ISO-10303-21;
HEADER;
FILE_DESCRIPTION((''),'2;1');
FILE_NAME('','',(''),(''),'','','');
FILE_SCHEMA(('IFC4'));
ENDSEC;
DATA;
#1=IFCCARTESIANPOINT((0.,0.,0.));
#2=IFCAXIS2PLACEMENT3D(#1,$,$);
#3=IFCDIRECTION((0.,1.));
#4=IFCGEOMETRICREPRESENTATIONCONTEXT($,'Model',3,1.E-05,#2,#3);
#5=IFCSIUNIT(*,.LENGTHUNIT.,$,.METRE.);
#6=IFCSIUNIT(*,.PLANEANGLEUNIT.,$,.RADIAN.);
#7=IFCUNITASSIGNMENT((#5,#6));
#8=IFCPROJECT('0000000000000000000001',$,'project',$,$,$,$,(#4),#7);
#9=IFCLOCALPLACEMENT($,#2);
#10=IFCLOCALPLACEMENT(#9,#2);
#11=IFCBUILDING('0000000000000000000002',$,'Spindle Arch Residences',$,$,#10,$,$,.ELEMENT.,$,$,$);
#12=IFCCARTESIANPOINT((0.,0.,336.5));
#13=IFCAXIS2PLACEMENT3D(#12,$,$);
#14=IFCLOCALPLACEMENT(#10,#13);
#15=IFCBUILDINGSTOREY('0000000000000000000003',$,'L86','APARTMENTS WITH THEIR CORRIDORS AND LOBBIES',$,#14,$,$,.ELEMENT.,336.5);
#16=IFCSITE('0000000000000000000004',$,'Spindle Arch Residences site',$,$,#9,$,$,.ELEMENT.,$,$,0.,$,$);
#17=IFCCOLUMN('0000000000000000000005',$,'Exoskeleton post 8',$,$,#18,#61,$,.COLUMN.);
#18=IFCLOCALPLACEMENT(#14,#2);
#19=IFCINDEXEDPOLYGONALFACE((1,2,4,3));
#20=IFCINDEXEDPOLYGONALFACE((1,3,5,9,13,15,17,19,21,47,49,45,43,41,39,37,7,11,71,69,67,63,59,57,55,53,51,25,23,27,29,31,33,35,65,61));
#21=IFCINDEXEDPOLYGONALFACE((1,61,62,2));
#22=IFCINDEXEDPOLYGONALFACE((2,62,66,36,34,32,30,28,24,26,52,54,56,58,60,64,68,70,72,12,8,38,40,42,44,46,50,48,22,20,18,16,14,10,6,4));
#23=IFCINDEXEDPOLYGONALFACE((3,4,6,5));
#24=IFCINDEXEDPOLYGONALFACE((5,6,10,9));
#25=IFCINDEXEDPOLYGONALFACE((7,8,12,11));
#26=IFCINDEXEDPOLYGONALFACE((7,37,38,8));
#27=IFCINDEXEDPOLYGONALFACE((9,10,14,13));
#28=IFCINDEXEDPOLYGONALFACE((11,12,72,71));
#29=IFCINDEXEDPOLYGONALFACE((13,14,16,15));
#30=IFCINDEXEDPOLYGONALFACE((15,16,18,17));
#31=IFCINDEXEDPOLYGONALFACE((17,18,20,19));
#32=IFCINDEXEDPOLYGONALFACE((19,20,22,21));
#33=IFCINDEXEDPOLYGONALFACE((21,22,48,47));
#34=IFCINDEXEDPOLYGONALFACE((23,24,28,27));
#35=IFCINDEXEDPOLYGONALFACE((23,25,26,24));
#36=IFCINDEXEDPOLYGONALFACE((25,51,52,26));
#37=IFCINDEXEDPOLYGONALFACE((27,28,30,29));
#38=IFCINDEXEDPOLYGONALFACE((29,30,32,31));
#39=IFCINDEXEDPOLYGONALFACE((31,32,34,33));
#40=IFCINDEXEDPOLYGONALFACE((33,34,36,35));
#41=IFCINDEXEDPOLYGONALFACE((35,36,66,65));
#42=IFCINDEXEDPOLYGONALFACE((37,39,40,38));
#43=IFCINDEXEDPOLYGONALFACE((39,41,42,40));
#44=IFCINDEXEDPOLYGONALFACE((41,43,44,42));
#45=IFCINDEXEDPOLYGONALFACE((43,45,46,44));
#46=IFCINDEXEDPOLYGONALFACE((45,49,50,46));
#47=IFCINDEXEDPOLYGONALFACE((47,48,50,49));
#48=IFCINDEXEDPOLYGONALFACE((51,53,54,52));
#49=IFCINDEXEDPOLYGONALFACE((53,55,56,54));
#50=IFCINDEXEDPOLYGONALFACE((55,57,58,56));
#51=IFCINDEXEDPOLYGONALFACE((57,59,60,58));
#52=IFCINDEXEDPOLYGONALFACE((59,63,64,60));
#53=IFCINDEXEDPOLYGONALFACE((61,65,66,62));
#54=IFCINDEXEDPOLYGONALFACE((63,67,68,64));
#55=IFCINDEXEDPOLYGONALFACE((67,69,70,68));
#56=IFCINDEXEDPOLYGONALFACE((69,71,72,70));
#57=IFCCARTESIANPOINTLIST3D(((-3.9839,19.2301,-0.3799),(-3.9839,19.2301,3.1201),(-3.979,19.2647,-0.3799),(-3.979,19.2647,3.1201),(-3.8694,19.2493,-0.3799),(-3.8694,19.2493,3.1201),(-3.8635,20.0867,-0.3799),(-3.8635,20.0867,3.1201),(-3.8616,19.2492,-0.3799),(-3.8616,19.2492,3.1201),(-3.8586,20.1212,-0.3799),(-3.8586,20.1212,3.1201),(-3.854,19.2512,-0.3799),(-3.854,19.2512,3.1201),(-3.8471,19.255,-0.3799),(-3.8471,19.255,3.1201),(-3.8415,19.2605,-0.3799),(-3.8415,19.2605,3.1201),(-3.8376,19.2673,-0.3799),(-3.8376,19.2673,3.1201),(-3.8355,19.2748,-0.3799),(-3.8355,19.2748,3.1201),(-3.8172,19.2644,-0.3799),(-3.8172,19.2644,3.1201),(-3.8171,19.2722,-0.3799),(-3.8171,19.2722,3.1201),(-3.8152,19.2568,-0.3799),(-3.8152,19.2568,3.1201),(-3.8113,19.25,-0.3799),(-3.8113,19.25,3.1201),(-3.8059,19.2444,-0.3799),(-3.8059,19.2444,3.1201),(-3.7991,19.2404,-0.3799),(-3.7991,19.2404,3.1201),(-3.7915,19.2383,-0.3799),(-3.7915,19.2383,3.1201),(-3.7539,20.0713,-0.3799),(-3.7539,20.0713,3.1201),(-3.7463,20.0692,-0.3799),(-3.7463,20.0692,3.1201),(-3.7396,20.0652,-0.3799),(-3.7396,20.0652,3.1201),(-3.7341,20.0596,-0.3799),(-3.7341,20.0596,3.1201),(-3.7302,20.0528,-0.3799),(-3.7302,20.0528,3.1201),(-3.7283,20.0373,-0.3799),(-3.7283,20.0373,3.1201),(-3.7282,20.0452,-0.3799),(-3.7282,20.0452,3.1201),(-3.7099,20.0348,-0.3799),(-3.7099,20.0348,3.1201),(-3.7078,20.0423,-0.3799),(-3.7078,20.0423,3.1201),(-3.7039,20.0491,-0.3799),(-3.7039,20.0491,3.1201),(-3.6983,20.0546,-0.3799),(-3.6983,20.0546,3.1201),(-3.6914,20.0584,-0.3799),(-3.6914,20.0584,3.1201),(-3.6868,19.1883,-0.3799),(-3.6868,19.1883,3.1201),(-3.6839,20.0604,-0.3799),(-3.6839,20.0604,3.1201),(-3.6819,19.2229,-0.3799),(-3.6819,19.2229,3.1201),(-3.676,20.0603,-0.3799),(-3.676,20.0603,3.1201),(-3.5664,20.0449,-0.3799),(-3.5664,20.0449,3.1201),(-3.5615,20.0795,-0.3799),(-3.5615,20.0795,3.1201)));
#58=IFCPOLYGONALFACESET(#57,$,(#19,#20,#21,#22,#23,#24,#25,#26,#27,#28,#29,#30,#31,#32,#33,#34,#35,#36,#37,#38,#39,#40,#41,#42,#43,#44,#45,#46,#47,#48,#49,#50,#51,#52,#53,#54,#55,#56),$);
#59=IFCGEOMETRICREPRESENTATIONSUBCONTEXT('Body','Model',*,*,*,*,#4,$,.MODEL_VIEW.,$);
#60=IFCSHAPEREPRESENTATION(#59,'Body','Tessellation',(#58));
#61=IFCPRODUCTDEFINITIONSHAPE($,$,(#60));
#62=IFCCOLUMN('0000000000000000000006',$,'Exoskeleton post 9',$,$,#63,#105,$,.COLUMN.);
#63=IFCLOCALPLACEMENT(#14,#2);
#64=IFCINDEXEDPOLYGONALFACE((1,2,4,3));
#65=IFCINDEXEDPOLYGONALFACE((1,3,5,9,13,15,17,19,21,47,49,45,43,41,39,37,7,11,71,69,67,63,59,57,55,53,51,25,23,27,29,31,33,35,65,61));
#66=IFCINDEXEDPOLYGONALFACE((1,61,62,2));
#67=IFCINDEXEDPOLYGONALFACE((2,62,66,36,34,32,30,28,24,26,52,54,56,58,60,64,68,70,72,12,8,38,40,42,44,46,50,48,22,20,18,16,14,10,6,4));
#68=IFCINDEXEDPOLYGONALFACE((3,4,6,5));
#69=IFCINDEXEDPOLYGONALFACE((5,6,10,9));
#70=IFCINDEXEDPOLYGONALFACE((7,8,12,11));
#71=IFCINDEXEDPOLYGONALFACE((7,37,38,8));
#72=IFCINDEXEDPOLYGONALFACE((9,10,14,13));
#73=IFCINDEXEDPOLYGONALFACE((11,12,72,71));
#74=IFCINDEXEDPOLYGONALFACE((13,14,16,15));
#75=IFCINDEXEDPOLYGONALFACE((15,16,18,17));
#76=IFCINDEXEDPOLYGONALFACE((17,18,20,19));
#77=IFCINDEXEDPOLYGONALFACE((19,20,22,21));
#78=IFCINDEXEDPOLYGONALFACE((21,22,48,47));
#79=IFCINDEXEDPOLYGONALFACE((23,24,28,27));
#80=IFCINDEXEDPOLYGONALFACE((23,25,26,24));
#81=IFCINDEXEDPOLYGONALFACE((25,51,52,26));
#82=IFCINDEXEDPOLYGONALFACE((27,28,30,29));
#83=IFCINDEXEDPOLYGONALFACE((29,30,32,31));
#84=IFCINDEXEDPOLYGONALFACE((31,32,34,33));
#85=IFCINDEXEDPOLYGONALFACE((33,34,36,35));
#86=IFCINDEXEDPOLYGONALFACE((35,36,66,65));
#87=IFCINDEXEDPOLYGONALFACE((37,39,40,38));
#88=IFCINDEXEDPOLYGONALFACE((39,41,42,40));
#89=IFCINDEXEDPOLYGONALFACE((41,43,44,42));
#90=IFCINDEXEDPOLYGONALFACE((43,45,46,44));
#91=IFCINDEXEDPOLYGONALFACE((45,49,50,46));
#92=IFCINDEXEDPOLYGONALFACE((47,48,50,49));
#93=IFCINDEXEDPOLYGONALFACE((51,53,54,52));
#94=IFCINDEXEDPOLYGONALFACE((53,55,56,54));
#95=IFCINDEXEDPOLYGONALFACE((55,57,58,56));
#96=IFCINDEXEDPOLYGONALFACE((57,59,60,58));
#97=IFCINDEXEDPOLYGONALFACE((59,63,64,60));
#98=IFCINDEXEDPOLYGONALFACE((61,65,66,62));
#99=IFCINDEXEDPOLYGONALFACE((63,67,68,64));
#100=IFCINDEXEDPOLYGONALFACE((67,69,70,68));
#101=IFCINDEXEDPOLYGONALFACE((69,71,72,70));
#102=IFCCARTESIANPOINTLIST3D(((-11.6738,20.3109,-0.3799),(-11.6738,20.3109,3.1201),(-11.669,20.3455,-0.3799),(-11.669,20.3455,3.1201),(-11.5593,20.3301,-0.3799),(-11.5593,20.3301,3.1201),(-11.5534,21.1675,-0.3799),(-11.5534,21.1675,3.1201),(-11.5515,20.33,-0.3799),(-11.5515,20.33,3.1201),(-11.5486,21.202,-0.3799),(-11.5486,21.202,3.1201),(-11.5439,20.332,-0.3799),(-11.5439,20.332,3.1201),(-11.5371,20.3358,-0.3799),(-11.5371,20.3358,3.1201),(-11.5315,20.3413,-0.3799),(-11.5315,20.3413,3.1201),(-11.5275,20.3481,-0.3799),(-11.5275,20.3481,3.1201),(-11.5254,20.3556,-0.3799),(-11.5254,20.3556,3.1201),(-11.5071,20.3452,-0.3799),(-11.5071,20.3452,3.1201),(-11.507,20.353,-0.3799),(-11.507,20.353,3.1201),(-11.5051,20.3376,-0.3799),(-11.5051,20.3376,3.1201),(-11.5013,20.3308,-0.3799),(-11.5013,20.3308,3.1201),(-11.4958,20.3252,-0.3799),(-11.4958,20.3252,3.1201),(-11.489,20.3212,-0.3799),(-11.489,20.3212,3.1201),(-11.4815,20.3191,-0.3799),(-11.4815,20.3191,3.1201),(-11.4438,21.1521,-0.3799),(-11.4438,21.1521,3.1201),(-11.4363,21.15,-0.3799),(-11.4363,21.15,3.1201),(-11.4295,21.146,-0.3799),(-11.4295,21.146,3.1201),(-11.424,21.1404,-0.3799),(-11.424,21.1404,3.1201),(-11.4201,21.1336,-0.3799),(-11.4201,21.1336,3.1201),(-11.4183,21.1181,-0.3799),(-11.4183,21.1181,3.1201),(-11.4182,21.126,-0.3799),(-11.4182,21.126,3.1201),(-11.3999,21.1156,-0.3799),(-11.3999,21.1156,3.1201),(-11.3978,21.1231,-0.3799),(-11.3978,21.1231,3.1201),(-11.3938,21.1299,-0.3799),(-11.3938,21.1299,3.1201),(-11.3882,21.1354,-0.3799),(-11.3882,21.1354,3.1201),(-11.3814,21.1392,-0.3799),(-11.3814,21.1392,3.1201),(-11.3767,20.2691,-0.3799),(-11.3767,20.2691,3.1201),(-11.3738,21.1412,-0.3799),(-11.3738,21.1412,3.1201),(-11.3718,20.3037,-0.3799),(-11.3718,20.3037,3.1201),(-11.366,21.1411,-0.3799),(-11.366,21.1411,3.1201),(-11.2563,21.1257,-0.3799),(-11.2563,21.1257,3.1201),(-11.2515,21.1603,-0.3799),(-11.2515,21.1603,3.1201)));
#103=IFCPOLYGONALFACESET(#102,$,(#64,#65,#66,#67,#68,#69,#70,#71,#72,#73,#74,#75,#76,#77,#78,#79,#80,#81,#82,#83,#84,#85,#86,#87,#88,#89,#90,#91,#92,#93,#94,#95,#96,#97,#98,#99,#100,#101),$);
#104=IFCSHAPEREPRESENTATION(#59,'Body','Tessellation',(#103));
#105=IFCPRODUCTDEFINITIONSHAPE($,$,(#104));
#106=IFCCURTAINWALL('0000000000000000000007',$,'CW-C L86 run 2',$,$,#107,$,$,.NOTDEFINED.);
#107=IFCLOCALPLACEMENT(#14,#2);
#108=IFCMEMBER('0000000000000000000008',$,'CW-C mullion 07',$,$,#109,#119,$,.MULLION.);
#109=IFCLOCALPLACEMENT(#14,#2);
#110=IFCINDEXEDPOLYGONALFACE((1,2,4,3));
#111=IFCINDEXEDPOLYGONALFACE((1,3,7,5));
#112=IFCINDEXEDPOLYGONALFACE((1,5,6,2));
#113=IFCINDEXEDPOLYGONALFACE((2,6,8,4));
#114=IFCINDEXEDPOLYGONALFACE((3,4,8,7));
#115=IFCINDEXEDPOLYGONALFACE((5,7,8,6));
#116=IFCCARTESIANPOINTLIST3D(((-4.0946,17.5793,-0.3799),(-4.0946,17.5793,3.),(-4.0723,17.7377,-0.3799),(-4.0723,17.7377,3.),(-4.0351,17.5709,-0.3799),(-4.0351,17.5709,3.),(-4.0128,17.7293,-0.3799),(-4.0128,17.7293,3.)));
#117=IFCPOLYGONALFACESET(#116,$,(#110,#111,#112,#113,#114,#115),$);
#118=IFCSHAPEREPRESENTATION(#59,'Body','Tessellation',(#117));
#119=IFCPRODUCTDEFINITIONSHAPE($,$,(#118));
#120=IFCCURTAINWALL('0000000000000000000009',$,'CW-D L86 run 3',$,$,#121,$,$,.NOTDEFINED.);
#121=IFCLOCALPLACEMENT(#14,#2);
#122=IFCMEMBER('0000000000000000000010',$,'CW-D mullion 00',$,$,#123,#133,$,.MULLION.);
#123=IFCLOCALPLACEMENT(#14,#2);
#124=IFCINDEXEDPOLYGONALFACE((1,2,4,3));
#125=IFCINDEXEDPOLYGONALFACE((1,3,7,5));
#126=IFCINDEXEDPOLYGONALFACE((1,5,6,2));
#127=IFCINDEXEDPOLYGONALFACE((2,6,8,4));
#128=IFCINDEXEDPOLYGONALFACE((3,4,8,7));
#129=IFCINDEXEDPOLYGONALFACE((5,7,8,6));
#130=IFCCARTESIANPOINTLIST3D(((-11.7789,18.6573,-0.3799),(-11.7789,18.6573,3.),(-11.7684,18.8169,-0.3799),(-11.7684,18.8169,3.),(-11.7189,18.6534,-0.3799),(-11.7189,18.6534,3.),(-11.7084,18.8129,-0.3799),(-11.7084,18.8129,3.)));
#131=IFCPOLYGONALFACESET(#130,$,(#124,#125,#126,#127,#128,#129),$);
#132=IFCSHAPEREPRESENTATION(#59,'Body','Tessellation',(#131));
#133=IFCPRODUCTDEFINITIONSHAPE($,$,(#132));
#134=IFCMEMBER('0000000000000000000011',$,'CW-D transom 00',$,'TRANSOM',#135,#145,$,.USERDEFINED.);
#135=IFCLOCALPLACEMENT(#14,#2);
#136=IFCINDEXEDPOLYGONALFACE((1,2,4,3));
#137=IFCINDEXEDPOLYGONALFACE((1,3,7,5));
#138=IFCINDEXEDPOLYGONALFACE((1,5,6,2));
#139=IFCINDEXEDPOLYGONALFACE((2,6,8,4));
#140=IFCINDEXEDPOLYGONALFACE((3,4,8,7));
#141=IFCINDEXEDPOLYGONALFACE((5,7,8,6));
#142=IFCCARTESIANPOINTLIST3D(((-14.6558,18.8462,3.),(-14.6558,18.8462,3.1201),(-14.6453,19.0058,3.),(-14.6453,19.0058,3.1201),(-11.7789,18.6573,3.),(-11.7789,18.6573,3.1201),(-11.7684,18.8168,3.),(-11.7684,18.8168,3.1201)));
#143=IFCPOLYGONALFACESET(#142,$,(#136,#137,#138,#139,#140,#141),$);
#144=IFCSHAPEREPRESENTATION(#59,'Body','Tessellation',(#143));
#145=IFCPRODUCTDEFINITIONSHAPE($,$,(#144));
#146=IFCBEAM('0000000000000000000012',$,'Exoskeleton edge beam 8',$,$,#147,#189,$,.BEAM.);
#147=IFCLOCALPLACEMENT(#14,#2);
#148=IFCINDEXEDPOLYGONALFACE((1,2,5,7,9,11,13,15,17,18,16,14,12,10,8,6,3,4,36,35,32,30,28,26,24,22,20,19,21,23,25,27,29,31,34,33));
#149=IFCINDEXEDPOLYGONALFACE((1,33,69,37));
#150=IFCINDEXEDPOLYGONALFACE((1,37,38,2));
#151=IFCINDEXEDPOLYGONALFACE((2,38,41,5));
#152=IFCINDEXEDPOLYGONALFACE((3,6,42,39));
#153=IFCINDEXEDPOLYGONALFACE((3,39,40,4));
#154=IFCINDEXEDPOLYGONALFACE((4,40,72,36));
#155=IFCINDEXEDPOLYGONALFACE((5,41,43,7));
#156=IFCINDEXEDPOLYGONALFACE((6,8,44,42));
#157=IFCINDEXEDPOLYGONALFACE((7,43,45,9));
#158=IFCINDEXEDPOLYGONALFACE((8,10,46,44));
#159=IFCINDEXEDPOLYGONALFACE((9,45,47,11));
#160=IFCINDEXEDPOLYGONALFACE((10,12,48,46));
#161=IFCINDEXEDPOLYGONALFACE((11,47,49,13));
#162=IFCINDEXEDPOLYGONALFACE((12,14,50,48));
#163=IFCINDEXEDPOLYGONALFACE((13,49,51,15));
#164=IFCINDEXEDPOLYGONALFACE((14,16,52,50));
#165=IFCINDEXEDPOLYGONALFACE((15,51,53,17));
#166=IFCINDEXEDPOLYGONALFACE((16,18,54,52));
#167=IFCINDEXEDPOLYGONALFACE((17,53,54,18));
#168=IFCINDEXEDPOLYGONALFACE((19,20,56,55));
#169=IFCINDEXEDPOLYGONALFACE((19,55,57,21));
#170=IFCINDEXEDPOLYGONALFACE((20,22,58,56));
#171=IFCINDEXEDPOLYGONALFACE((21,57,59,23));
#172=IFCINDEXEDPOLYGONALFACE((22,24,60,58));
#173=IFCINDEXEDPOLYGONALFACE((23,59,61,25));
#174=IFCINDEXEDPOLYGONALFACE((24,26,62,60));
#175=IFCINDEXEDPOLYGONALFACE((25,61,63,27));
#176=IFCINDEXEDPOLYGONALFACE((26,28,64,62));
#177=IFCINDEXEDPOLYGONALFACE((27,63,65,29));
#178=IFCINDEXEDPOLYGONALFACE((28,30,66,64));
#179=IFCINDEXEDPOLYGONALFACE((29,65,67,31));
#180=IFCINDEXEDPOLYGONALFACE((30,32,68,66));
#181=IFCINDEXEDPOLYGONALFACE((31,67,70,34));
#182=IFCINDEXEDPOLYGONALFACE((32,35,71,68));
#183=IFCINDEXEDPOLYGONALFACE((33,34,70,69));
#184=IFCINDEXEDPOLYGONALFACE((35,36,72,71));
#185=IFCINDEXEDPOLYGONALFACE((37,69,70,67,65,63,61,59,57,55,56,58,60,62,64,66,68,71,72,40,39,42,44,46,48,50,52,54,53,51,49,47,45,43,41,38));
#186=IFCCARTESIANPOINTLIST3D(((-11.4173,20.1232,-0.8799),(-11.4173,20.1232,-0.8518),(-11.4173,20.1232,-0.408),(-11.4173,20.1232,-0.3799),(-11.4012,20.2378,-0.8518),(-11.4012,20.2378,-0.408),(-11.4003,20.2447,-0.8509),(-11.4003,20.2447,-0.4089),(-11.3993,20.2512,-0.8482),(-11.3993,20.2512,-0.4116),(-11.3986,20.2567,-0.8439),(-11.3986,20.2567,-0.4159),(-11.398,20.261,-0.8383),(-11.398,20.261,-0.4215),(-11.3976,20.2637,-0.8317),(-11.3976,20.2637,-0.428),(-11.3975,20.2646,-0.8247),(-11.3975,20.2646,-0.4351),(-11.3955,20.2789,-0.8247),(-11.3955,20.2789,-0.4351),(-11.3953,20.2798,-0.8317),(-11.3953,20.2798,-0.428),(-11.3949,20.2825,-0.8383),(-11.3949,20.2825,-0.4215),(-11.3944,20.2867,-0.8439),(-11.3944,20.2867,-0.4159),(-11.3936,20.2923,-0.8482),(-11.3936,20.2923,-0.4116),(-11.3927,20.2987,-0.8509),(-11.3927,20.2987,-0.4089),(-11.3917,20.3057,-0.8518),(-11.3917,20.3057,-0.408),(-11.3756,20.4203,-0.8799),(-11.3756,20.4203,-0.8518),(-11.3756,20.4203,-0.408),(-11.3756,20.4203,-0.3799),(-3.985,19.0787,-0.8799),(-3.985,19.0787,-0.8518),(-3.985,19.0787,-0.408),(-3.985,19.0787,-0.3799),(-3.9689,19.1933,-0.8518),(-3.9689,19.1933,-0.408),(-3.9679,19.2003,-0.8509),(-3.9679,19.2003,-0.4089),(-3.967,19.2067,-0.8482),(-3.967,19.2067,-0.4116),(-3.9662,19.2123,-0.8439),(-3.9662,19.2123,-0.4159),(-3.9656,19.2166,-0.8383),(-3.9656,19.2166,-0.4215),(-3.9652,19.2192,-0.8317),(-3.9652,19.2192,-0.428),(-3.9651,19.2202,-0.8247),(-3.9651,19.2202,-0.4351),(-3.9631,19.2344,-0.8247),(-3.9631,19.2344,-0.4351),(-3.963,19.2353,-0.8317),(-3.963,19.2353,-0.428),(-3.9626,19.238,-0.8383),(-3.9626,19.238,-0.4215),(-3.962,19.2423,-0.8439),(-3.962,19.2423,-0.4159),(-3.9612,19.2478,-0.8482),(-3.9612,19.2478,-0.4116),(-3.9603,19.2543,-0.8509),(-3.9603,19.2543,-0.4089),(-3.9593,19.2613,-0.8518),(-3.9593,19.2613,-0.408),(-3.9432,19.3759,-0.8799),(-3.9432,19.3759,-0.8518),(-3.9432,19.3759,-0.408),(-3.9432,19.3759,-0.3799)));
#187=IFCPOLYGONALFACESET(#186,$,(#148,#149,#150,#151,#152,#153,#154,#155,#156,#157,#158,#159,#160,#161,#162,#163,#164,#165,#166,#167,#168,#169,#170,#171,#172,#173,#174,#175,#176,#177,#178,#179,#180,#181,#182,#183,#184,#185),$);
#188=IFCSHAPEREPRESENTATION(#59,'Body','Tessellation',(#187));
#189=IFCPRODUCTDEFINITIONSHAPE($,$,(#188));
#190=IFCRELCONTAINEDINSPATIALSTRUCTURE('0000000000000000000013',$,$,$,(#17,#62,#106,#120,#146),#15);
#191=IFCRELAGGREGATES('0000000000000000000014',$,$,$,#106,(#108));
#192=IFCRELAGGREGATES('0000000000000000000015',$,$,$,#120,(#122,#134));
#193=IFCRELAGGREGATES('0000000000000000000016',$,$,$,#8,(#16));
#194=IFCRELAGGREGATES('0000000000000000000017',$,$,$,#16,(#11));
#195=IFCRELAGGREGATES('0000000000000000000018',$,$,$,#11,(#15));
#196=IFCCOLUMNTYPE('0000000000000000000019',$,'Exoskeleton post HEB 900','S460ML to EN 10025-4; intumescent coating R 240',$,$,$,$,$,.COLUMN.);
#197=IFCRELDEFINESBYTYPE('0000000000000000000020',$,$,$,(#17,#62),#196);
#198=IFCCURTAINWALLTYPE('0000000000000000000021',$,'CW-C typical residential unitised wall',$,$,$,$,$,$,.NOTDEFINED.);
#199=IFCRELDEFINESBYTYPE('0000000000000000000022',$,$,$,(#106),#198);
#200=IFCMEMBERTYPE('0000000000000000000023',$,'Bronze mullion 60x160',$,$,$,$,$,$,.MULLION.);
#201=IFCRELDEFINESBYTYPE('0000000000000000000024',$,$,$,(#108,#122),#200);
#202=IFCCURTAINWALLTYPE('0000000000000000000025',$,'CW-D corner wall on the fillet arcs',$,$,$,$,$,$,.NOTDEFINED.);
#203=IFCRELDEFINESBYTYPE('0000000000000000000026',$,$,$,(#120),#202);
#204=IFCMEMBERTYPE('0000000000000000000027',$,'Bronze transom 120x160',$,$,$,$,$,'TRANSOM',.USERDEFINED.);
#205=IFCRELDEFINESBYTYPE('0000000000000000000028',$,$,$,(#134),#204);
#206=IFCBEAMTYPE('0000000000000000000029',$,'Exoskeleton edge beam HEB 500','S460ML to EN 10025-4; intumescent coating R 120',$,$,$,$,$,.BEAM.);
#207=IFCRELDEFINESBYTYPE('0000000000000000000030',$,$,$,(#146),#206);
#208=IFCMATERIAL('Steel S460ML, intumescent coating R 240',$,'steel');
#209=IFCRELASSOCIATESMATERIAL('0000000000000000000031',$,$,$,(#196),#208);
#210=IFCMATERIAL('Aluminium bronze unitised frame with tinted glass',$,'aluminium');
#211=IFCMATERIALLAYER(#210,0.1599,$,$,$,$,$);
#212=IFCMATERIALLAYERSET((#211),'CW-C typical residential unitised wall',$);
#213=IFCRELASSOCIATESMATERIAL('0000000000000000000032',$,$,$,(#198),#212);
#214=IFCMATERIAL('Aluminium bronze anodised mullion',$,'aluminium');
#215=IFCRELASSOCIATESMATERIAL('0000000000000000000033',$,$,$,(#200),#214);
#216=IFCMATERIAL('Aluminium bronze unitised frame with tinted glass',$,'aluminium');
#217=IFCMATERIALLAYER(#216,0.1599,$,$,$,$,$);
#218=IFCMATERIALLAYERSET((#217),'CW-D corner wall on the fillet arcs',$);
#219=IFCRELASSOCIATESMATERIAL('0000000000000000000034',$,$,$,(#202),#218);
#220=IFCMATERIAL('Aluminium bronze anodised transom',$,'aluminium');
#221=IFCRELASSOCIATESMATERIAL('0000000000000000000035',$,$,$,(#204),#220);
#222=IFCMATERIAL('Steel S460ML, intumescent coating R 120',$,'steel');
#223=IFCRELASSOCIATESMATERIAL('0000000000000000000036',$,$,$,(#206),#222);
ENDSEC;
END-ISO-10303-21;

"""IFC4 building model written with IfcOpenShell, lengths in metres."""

from ifc_helpers import new_model, si_unit, direction, frame, origin, origin_2d, place, context, subcontext, project, spatial, rectangle, i_section, extrude, material, layer, layer_set, material_profile, profile_set, type_object, element, aggregate, save


model = new_model("IFC4")

# Units and contexts
model_context = context("Model", 3, precision=1e-05, world=origin(), true_north=direction((0.0, 1.0)))
body_context = subcontext(model_context, "Body", "Model", "MODEL_VIEW")
ifc_project = project(units=[si_unit("LENGTHUNIT", "METRE"), si_unit("PLANEANGLEUNIT", "RADIAN")], contexts=[model_context])

# Site, building, storey
site_placement = place(None, origin())
site = spatial("IfcSite", under=ifc_project, at=site_placement, Name="Spindle Arch Residences site", CompositionType="ELEMENT", RefElevation=0.0)
building_placement = place(site_placement, origin())
building = spatial("IfcBuilding", under=site, at=building_placement, Name="Spindle Arch Residences", CompositionType="ELEMENT")
storey_placement = place(building_placement, frame((0.0, 0.0, 336.5)))
storey = spatial("IfcBuildingStorey", under=building, at=storey_placement, Name="L86", Description="APARTMENTS WITH THEIR CORRIDORS AND LOBBIES", CompositionType="ELEMENT", Elevation=336.5)

# Columns
ifc_material_1 = material(Name="Steel S460ML, intumescent coating R 240", Category="steel")
ifc_material_profile_1 = material_profile(ifc_material_1, i_section(OverallWidth=0.3, OverallDepth=0.8999, WebThickness=0.0186, FlangeThickness=0.0349, FilletRadius=0.03, at=origin_2d()), Name="HEB 900")
ifc_profile_set_1 = profile_set([ifc_material_profile_1], Name="Steel S460ML, intumescent coating R 240")
column_type = type_object("IfcColumnType", Name="Exoskeleton post HEB 900", Description="S460ML to EN 10025-4; intumescent coating R 240", PredefinedType="COLUMN", material=ifc_profile_set_1)
for number, where, z_axis, x_axis, name in (
    (1, (-3.7727, 19.6548, -0.3799), (0.0, 0.0, 1.0), (0.990268, -0.139173, 0.0), "Exoskeleton post 8"),
    (2, (-11.4626, 20.7356, -0.3799), (0.0, 0.0, 1.0), (0.990268, -0.139173, 0.0), "Exoskeleton post 9"),
):
    element("IfcColumn", number, at=place(storey_placement, frame(where, z_axis=z_axis, x_axis=x_axis)), inside=storey, type_object=column_type, Name=name, PredefinedType="COLUMN", context=body_context, shape_type="SweptSolid", body=[
        extrude(i_section(OverallWidth=0.3, OverallDepth=0.8999, WebThickness=0.0186, FlangeThickness=0.0349, FilletRadius=0.03, at=origin_2d()), origin(), (0.0, 0.0, 1.0), 3.5),
    ])

# Curtain wall, member
ifc_material_2 = material(Name="Aluminium bronze unitised frame with tinted glass", Category="aluminium")
ifc_layer_1 = layer(ifc_material_2, 0.1599)
ifc_layer_set_1 = layer_set([ifc_layer_1], Name="CW-C typical residential unitised wall")
curtain_wall_type_1 = type_object("IfcCurtainWallType", Name="CW-C typical residential unitised wall", PredefinedType="NOTDEFINED", material=ifc_layer_set_1)
curtain_wall_1_placement = place(storey_placement, origin())
curtain_wall_1 = element("IfcCurtainWall", 3, at=curtain_wall_1_placement, inside=storey, type_object=curtain_wall_type_1, Name="CW-C L86 run 2", PredefinedType="NOTDEFINED")
ifc_material_3 = material(Name="Aluminium bronze anodised mullion", Category="aluminium")
ifc_material_profile_2 = material_profile(ifc_material_3, rectangle(XDim=0.1599, YDim=0.0601, at=origin_2d()), Name="MU 60x160")
ifc_profile_set_2 = profile_set([ifc_material_profile_2], Name="Aluminium bronze anodised mullion")
member_type_1 = type_object("IfcMemberType", Name="Bronze mullion 60x160", PredefinedType="MULLION", material=ifc_profile_set_2)
member_1_placement = place(storey_placement, frame((-4.0537, 17.6543, -0.3799), z_axis=(0.0, 0.0, 1.0), x_axis=(-0.139173, -0.990268, 0.0)))
member_1 = element("IfcMember", 4, at=member_1_placement, type_object=member_type_1, Name="CW-C mullion 07", PredefinedType="MULLION", context=body_context, shape_type="SweptSolid", body=[
    extrude(rectangle(XDim=0.1599, YDim=0.0601, at=origin_2d()), origin(), (0.0, 0.0, 1.0), 3.3799),
])

# Curtain wall, members
ifc_material_4 = material(Name="Aluminium bronze unitised frame with tinted glass", Category="aluminium")
ifc_layer_2 = layer(ifc_material_4, 0.1599)
ifc_layer_set_2 = layer_set([ifc_layer_2], Name="CW-D corner wall on the fillet arcs")
curtain_wall_type_2 = type_object("IfcCurtainWallType", Name="CW-D corner wall on the fillet arcs", PredefinedType="NOTDEFINED", material=ifc_layer_set_2)
curtain_wall_2_placement = place(storey_placement, origin())
curtain_wall_2 = element("IfcCurtainWall", 5, at=curtain_wall_2_placement, inside=storey, type_object=curtain_wall_type_2, Name="CW-D L86 run 3", PredefinedType="NOTDEFINED")
member_2_placement = place(storey_placement, frame((-11.7437, 18.7351, -0.3799), z_axis=(0.0, 0.0, 1.0), x_axis=(-0.06551, -0.997852, 0.0)))
member_2 = element("IfcMember", 6, at=member_2_placement, type_object=member_type_1, Name="CW-D mullion 00", PredefinedType="MULLION", context=body_context, shape_type="SweptSolid", body=[
    extrude(rectangle(XDim=0.1599, YDim=0.0601, at=origin_2d()), origin(), (0.0, 0.0, 1.0), 3.3799),
])
ifc_material_5 = material(Name="Aluminium bronze anodised transom", Category="aluminium")
ifc_material_profile_3 = material_profile(ifc_material_5, rectangle(XDim=0.1599, YDim=0.1201, at=origin_2d()), Name="TR 120x160")
ifc_profile_set_3 = profile_set([ifc_material_profile_3], Name="Aluminium bronze anodised transom")
member_type_2 = type_object("IfcMemberType", Name="Bronze transom 120x160", ElementType="TRANSOM", PredefinedType="USERDEFINED", material=ifc_profile_set_3)
member_3_placement = place(storey_placement, frame((-11.7737, 18.7371, 3.0601), z_axis=(-0.99785, 0.065541, 0.0), x_axis=(-0.065541, -0.99785, 0.0)))
member_3 = element("IfcMember", 7, at=member_3_placement, type_object=member_type_2, Name="CW-D transom 00", ObjectType="TRANSOM", PredefinedType="USERDEFINED", context=body_context, shape_type="SweptSolid", body=[
    extrude(rectangle(XDim=0.1599, YDim=0.1201, at=origin_2d()), origin(), (0.0, 0.0, 1.0), 2.8831),
])

# Beam
ifc_material_6 = material(Name="Steel S460ML, intumescent coating R 120", Category="steel")
ifc_material_profile_4 = material_profile(ifc_material_6, i_section(OverallWidth=0.3, OverallDepth=0.5, WebThickness=0.0144, FlangeThickness=0.0281, FilletRadius=0.0271, at=origin_2d()), Name="HEB 500")
ifc_profile_set_4 = profile_set([ifc_material_profile_4], Name="Steel S460ML, intumescent coating R 120")
beam_type_1 = type_object("IfcBeamType", Name="Exoskeleton edge beam HEB 500", Description="S460ML to EN 10025-4; intumescent coating R 120", PredefinedType="BEAM", material=ifc_profile_set_4)
beam_1_placement = place(storey_placement, frame((-3.9641, 19.2273, -0.6299), z_axis=(-0.99027, 0.139158, 0.0), x_axis=(-0.139158, -0.99027, 0.0)))
element("IfcBeam", 8, at=beam_1_placement, inside=storey, type_object=beam_type_1, Name="Exoskeleton edge beam 8", PredefinedType="BEAM", context=body_context, shape_type="SweptSolid", body=[
    extrude(i_section(OverallWidth=0.3, OverallDepth=0.5, WebThickness=0.0144, FlangeThickness=0.0281, FilletRadius=0.0271, at=origin_2d()), origin(), (0.0, 0.0, 1.0), 7.5054),
])

aggregate(curtain_wall_1, [member_1])
aggregate(curtain_wall_2, [member_2, member_3])

save(model, "model.ifc")
